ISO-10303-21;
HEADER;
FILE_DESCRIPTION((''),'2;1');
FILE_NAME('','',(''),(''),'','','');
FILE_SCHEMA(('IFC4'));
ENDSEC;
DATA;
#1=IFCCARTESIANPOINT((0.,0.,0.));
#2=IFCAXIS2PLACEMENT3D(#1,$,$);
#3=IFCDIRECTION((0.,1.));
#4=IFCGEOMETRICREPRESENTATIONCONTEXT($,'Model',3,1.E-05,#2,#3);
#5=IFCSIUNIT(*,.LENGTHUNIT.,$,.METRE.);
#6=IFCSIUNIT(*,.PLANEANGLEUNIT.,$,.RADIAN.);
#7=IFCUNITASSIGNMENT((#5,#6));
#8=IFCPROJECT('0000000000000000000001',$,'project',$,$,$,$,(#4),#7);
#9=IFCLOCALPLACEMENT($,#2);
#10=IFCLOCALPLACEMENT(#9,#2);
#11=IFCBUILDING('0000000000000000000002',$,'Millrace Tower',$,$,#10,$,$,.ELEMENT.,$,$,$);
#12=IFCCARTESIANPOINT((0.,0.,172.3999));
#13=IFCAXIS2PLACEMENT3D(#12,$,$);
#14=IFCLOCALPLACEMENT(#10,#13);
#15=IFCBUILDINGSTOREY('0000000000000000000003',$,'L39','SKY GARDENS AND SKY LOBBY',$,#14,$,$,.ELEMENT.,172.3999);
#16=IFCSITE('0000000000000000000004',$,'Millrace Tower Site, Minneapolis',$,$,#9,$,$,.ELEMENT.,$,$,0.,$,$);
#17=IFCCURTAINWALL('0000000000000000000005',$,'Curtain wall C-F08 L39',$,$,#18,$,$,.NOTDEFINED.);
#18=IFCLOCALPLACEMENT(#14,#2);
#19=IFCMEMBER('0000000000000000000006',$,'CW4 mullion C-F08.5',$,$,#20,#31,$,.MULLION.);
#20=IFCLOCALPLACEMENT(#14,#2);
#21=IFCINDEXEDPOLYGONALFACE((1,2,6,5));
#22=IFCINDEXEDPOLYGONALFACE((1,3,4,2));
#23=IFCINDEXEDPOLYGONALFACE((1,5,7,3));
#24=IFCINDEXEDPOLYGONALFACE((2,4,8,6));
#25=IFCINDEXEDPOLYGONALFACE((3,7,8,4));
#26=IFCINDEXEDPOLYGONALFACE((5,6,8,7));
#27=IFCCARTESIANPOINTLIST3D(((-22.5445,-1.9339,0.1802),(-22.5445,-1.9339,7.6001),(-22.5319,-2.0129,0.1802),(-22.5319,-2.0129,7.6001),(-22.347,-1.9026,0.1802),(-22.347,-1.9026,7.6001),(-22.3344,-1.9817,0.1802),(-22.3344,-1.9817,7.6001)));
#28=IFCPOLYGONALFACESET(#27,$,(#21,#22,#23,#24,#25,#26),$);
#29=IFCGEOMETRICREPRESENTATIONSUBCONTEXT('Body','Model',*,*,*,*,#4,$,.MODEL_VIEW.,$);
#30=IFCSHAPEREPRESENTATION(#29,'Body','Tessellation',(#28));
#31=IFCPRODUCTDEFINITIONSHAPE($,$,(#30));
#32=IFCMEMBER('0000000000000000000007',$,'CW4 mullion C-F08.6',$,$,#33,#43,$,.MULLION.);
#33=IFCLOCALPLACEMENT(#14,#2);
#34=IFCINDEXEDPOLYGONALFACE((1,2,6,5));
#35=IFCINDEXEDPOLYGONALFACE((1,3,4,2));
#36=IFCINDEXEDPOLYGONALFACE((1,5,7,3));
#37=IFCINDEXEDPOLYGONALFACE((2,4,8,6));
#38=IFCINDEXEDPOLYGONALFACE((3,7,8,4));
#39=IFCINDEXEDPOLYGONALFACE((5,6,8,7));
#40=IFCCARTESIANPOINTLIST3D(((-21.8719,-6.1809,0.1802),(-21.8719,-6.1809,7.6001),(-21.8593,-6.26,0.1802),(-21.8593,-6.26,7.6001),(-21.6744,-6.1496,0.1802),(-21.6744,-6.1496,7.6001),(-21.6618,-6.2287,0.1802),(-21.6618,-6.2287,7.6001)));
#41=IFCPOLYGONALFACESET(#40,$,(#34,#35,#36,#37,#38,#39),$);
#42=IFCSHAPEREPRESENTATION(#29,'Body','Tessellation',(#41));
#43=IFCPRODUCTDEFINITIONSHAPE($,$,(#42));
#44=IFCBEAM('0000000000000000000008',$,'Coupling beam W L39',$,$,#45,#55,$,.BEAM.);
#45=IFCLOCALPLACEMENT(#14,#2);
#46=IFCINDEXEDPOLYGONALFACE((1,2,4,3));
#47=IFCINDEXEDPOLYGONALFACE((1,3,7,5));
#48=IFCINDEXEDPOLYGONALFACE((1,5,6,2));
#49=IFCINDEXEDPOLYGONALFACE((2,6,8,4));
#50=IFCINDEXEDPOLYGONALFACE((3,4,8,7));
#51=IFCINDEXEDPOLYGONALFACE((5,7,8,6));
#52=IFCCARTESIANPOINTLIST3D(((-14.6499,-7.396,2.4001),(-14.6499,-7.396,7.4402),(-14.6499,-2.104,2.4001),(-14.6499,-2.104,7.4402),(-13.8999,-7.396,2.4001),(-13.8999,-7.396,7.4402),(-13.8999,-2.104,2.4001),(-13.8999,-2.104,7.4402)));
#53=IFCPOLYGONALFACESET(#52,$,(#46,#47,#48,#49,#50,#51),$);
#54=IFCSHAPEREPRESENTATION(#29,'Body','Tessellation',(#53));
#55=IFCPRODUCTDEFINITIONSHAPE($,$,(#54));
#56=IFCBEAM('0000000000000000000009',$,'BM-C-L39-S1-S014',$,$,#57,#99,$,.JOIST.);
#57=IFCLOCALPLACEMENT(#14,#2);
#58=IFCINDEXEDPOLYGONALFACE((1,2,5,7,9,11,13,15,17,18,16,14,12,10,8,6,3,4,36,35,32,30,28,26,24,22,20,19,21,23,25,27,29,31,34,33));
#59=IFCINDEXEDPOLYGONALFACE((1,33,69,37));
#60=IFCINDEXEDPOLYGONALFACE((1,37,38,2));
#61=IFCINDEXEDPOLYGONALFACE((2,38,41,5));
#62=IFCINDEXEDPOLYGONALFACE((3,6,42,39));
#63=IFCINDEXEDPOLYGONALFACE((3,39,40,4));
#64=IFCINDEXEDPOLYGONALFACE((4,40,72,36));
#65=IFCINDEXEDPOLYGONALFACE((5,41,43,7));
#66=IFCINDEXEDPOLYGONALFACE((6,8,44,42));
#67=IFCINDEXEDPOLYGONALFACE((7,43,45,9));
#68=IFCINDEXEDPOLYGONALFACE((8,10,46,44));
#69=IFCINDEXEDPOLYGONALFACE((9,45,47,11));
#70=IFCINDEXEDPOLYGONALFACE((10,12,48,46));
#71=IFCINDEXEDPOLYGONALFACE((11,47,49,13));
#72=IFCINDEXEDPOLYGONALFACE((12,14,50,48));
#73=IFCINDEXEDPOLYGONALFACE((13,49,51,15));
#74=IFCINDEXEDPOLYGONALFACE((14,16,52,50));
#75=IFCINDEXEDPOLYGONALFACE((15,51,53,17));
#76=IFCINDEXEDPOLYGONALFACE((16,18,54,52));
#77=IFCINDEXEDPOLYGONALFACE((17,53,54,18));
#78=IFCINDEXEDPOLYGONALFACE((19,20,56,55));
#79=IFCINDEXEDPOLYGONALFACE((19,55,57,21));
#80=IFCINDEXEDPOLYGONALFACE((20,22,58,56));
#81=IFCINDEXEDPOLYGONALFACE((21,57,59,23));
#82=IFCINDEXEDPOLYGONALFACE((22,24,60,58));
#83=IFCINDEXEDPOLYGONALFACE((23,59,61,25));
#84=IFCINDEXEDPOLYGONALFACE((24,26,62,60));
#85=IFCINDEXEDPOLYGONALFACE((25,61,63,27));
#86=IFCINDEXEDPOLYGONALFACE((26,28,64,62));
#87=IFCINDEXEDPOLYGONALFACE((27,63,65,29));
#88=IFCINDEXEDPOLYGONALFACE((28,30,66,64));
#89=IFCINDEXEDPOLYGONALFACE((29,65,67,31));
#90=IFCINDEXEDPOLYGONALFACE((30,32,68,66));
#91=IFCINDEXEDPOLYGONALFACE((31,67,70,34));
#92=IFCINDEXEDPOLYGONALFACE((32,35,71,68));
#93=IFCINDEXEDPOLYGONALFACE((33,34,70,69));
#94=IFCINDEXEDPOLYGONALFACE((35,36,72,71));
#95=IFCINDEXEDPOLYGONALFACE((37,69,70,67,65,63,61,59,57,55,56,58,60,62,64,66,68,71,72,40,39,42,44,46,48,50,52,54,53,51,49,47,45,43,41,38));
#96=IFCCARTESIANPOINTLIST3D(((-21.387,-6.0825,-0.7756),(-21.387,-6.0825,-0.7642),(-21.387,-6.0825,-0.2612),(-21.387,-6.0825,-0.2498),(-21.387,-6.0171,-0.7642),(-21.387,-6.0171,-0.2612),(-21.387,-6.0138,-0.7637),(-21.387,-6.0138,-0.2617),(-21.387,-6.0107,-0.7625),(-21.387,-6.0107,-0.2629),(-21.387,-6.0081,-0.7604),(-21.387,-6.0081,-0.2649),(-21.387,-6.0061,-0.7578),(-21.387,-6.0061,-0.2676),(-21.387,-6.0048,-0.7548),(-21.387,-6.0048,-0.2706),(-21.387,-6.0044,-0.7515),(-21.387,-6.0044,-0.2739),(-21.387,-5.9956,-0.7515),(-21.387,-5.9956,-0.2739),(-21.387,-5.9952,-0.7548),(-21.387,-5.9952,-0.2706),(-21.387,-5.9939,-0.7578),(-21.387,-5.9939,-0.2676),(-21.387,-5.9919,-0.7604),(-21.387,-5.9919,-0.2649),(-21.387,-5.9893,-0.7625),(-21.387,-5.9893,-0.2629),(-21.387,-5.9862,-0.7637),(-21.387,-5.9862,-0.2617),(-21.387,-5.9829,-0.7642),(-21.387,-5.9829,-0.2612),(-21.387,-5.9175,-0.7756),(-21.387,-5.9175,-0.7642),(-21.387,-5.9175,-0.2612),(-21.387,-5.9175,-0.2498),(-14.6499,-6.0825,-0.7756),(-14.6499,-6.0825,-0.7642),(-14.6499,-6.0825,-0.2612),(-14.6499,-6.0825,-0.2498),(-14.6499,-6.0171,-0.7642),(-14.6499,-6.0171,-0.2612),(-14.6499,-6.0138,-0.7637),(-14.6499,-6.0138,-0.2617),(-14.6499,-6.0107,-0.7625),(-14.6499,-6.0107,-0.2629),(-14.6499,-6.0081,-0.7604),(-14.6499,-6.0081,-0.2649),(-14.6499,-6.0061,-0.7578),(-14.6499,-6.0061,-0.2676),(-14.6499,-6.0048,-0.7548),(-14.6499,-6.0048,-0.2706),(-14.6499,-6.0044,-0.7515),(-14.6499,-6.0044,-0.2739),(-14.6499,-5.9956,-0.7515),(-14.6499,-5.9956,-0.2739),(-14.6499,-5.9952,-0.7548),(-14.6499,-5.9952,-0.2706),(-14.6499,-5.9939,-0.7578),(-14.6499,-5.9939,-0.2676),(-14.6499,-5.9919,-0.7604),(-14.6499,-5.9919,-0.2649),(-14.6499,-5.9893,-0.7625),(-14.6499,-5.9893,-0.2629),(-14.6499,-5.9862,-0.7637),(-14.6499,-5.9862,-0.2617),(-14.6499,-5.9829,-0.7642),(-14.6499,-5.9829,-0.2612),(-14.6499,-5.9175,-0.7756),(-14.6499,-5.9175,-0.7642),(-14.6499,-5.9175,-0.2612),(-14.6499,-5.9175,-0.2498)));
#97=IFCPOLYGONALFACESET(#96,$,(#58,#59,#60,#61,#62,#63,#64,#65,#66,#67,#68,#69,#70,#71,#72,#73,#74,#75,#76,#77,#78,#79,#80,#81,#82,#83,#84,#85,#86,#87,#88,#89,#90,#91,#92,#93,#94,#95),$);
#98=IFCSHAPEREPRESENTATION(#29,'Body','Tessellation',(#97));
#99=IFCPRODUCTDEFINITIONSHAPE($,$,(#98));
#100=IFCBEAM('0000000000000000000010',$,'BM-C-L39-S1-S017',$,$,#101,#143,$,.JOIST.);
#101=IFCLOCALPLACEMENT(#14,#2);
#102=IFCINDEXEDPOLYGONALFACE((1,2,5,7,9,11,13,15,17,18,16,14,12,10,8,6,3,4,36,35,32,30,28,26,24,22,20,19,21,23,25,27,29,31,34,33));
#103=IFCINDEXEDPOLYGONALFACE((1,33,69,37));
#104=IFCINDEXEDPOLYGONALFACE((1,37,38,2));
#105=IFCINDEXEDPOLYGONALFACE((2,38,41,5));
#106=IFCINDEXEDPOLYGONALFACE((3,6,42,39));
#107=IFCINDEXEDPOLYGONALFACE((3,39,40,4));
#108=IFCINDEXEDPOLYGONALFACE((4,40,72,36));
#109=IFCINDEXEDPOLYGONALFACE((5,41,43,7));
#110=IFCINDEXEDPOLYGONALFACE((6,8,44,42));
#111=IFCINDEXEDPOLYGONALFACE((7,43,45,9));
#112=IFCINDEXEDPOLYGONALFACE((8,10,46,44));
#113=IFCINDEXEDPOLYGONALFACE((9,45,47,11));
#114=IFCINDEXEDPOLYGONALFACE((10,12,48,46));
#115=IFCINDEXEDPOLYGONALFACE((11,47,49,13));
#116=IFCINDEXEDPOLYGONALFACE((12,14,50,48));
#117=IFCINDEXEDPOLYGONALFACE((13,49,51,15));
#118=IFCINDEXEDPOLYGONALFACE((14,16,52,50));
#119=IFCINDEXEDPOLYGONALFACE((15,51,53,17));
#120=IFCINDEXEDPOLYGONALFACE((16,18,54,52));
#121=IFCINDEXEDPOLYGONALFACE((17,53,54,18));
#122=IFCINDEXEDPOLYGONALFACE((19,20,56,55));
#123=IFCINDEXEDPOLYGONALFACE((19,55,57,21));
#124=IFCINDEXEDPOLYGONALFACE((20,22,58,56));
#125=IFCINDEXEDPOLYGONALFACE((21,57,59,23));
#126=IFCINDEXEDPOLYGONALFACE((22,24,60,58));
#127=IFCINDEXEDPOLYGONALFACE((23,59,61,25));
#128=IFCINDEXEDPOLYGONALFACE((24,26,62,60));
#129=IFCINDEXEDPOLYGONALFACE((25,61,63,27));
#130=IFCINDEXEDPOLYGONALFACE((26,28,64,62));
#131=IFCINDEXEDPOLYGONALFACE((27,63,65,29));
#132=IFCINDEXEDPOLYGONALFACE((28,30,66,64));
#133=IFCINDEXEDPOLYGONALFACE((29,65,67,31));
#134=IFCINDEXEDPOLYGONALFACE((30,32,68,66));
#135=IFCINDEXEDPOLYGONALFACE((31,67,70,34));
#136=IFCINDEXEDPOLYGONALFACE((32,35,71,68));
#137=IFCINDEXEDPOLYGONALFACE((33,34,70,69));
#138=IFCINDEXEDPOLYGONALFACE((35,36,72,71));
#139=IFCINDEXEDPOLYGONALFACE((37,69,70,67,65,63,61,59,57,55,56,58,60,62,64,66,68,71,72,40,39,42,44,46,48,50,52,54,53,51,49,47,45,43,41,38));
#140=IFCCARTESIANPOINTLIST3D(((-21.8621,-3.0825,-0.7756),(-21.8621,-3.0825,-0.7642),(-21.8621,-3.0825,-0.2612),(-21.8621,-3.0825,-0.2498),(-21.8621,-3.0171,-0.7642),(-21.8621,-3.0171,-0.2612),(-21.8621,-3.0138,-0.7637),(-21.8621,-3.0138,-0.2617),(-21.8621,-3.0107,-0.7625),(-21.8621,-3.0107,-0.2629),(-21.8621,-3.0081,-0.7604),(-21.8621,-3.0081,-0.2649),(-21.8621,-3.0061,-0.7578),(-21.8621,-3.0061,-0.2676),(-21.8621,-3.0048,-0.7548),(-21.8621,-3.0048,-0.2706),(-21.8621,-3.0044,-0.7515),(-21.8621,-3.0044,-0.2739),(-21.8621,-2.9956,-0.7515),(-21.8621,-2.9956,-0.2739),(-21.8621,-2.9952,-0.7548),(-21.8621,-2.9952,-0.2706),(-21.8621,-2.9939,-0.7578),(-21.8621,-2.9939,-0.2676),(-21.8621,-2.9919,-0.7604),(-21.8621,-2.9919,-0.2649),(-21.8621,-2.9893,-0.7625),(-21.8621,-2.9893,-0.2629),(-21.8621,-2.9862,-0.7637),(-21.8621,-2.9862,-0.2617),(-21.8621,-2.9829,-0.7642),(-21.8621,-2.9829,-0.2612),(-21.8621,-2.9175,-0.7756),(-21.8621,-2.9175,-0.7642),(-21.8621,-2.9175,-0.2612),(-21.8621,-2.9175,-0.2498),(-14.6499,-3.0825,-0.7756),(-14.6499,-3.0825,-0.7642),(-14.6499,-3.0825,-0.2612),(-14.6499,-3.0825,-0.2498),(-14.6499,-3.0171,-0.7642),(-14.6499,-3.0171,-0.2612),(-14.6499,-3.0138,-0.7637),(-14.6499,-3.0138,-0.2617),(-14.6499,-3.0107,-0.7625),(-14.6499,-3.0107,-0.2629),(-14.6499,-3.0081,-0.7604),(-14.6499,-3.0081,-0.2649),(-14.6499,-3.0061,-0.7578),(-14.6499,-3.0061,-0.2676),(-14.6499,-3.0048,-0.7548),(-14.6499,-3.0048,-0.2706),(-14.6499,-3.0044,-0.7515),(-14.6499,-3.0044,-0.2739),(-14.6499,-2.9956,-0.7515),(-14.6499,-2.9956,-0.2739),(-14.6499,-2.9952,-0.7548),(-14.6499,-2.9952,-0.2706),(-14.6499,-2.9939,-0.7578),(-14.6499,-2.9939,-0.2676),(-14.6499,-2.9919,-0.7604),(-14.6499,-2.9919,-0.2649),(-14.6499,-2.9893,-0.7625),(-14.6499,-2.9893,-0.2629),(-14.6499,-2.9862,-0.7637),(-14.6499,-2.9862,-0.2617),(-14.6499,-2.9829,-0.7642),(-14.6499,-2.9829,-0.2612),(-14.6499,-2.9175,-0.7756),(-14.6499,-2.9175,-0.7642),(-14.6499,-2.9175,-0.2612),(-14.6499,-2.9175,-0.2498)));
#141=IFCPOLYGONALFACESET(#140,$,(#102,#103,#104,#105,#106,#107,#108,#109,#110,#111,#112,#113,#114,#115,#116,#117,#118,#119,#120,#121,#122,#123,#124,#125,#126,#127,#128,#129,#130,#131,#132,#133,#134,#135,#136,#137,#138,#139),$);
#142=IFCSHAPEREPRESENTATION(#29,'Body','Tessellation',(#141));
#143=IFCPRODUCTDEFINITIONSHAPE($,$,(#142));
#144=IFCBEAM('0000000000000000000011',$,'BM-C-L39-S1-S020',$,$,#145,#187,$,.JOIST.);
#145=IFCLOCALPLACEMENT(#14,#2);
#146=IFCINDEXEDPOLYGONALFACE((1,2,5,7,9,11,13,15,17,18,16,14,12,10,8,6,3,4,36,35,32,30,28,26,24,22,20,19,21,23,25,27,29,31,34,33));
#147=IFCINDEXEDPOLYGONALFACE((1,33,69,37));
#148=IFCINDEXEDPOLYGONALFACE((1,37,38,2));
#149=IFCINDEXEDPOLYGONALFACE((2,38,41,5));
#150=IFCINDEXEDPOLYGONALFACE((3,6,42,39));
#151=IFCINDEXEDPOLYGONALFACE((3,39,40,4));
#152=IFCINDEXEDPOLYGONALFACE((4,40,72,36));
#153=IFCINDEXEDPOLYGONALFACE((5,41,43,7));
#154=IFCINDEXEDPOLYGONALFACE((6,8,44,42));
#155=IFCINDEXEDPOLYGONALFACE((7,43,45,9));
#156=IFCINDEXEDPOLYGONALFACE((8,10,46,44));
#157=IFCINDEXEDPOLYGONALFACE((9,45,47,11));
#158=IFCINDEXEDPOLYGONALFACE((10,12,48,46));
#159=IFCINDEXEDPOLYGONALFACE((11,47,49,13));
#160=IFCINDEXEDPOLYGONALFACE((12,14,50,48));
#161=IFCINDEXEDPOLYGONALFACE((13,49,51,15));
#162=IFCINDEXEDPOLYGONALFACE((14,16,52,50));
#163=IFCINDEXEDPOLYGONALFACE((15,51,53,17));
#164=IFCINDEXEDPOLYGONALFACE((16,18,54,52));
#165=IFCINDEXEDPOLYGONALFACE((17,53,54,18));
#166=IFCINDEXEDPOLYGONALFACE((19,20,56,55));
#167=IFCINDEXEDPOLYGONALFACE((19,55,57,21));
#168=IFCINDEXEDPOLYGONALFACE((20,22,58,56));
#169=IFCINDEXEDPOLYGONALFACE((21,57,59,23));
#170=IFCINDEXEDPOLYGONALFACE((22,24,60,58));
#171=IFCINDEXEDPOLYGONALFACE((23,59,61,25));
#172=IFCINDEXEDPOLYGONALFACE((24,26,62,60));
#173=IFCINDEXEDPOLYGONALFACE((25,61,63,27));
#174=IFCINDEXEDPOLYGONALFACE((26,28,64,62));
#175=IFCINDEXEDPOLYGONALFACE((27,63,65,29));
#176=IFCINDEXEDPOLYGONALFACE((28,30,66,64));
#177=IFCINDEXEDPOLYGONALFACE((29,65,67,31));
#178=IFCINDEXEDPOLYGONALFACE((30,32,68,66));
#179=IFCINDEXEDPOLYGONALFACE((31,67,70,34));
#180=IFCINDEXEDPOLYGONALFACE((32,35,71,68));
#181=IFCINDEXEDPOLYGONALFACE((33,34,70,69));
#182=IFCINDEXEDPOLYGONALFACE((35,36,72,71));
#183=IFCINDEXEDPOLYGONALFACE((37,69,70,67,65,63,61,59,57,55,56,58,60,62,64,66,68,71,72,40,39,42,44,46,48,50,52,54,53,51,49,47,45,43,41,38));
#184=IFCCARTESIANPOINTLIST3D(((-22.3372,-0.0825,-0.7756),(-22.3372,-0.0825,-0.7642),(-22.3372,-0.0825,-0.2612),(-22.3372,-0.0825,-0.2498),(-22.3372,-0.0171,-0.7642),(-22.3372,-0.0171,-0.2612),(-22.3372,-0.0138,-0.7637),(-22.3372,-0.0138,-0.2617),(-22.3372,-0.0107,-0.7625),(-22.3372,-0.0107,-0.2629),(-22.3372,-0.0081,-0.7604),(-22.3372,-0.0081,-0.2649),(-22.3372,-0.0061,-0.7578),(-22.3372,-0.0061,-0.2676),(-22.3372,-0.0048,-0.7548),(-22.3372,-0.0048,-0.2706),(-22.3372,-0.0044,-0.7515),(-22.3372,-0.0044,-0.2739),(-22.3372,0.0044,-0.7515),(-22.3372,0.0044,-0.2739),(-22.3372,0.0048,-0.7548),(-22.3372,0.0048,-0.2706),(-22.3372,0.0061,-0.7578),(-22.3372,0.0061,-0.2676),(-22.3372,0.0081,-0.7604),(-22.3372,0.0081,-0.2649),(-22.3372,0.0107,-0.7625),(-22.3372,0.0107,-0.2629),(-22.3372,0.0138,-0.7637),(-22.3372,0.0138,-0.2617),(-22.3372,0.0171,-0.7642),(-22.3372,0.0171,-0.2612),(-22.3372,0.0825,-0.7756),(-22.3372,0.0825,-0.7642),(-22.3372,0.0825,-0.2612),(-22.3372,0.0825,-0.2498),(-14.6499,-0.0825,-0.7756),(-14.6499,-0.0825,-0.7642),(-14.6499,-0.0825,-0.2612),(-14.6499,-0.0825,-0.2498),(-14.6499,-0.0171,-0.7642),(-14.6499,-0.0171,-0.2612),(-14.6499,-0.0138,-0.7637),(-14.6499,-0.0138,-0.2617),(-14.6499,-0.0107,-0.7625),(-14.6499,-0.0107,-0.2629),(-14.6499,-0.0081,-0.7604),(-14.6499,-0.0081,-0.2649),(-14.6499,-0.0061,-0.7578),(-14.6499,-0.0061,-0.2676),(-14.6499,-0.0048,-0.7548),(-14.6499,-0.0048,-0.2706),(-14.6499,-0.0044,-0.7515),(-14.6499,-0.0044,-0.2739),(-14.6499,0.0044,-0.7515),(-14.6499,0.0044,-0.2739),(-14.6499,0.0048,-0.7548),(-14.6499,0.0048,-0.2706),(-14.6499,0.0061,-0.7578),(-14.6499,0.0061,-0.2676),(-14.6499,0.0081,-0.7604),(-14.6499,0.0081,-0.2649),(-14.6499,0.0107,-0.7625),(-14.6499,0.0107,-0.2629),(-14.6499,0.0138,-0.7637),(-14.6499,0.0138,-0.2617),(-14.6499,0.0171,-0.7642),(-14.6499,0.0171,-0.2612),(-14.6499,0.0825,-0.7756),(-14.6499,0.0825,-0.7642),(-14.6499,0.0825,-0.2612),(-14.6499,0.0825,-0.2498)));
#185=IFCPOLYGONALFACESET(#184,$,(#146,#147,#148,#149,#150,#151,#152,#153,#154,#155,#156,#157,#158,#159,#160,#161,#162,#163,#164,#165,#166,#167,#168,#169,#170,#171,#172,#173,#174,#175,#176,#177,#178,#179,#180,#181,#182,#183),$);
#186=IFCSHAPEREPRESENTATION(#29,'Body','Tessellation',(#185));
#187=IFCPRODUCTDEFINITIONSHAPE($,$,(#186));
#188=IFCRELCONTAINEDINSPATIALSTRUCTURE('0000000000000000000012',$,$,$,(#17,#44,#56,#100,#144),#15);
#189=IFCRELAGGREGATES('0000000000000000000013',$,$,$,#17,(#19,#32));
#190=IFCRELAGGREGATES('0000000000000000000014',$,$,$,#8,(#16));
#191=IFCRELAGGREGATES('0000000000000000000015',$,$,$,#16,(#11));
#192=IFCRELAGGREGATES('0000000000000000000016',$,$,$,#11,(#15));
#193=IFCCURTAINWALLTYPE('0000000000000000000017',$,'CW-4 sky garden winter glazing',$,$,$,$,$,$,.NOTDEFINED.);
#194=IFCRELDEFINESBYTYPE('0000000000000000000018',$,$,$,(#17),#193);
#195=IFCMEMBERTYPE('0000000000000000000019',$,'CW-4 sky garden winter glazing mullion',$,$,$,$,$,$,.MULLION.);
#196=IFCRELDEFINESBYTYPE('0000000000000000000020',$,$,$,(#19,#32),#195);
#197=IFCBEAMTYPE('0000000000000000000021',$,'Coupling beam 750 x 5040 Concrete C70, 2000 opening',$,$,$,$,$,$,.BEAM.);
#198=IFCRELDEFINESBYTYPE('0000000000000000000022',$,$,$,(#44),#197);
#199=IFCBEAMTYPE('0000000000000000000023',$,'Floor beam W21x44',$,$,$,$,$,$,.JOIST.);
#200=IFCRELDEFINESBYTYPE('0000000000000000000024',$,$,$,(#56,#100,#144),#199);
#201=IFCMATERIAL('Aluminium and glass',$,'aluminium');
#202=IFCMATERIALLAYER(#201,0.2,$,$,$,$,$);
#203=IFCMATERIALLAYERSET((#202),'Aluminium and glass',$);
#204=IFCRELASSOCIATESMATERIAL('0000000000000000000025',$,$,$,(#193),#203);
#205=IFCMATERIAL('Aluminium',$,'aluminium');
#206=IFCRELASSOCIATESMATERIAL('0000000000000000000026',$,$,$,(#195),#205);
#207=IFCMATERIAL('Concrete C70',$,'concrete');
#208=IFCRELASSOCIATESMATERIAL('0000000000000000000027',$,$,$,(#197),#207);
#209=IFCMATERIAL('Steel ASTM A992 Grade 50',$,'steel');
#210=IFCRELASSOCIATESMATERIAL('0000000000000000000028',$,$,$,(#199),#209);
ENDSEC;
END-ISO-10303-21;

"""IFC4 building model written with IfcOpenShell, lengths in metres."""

from ifc_helpers import new_model, si_unit, direction, frame, origin, origin_2d, place, context, subcontext, project, spatial, rectangle, i_section, extrude, material, layer, layer_set, material_profile, profile_set, type_object, element, aggregate, save


model = new_model("IFC4")

# Units and contexts
model_context = context("Model", 3, precision=1e-05, world=origin(), true_north=direction((0.0, 1.0)))
body_context = subcontext(model_context, "Body", "Model", "MODEL_VIEW")
ifc_project = project(units=[si_unit("LENGTHUNIT", "METRE"), si_unit("PLANEANGLEUNIT", "RADIAN")], contexts=[model_context])

# Site, building, storey
site_placement = place(None, origin())
site = spatial("IfcSite", under=ifc_project, at=site_placement, Name="Millrace Tower Site, Minneapolis", CompositionType="ELEMENT", RefElevation=0.0)
building_placement = place(site_placement, origin())
building = spatial("IfcBuilding", under=site, at=building_placement, Name="Millrace Tower", CompositionType="ELEMENT")
storey_placement = place(building_placement, frame((0.0, 0.0, 172.3999)))
storey = spatial("IfcBuildingStorey", under=building, at=storey_placement, Name="L39", Description="SKY GARDENS AND SKY LOBBY", CompositionType="ELEMENT", Elevation=172.3999)

# Curtain wall, members
ifc_material_1 = material(Name="Aluminium and glass", Category="aluminium")
ifc_layer_1 = layer(ifc_material_1, 0.2)
ifc_layer_set_1 = layer_set([ifc_layer_1], Name="Aluminium and glass")
curtain_wall_type = type_object("IfcCurtainWallType", Name="CW-4 sky garden winter glazing", PredefinedType="NOTDEFINED", material=ifc_layer_set_1)
curtain_wall_placement = place(storey_placement, origin())
curtain_wall = element("IfcCurtainWall", 1, at=curtain_wall_placement, inside=storey, type_object=curtain_wall_type, Name="Curtain wall C-F08 L39", PredefinedType="NOTDEFINED")
ifc_material_2 = material(Name="Aluminium", Category="aluminium")
ifc_material_profile_1 = material_profile(ifc_material_2, rectangle(XDim=0.0801, YDim=0.2, at=origin_2d()))
ifc_profile_set_1 = profile_set([ifc_material_profile_1], Name="Aluminium")
member_type = type_object("IfcMemberType", Name="CW-4 sky garden winter glazing mullion", PredefinedType="MULLION", material=ifc_profile_set_1)
member_1_placement = place(storey_placement, frame((-22.4395, -1.9578, 0.1802), z_axis=(0.0, 0.0, 1.0), x_axis=(0.156434, -0.987688, 0.0)))
member_1 = element("IfcMember", 2, at=member_1_placement, type_object=member_type, Name="CW4 mullion C-F08.5", PredefinedType="MULLION", context=body_context, shape_type="SweptSolid", body=[
    extrude(rectangle(XDim=0.0801, YDim=0.2, at=origin_2d()), origin(), (0.0, 0.0, 1.0), 7.4199),
])
member_2_placement = place(storey_placement, frame((-21.7668, -6.2048, 0.1802), z_axis=(0.0, 0.0, 1.0), x_axis=(0.156434, -0.987688, 0.0)))
member_2 = element("IfcMember", 3, at=member_2_placement, type_object=member_type, Name="CW4 mullion C-F08.6", PredefinedType="MULLION", context=body_context, shape_type="SweptSolid", body=[
    extrude(rectangle(XDim=0.0801, YDim=0.2, at=origin_2d()), origin(), (0.0, 0.0, 1.0), 7.4199),
])
aggregate(curtain_wall, [member_1, member_2])

# Beams
ifc_material_3 = material(Name="Concrete C70", Category="concrete")
ifc_material_profile_2 = material_profile(ifc_material_3, rectangle(XDim=0.75, YDim=5.04, at=origin_2d()))
ifc_profile_set_2 = profile_set([ifc_material_profile_2], Name="Concrete C70")
beam_type_1 = type_object("IfcBeamType", Name="Coupling beam 750 x 5040 Concrete C70, 2000 opening", PredefinedType="BEAM", material=ifc_profile_set_2)
beam_1_placement = place(storey_placement, frame((-14.2749, -7.396, 4.9202), z_axis=(0.0, 1.0, 0.0), x_axis=(-1.0, 0.0, 0.0)))
element("IfcBeam", 4, at=beam_1_placement, inside=storey, type_object=beam_type_1, Name="Coupling beam W L39", PredefinedType="BEAM", context=body_context, shape_type="SweptSolid", body=[
    extrude(rectangle(XDim=0.75, YDim=5.04, at=origin_2d()), origin(), (0.0, 0.0, 1.0), 5.292),
])
ifc_material_4 = material(Name="Steel ASTM A992 Grade 50", Category="steel")
ifc_material_profile_3 = material_profile(ifc_material_4, i_section(OverallWidth=0.165, OverallDepth=0.5259, WebThickness=0.0088, FlangeThickness=0.0115, FilletRadius=0.0127, at=origin_2d()))
ifc_profile_set_3 = profile_set([ifc_material_profile_3], Name="Steel ASTM A992 Grade 50")
beam_type_2 = type_object("IfcBeamType", Name="Floor beam W21x44", PredefinedType="JOIST", material=ifc_profile_set_3)
beam_2_placement = place(storey_placement, frame((-21.387, -6.0, -0.5127), z_axis=(1.0, 0.0, 0.0), x_axis=(0.0, 1.0, 0.0)))
element("IfcBeam", 5, at=beam_2_placement, inside=storey, type_object=beam_type_2, Name="BM-C-L39-S1-S014", PredefinedType="JOIST", context=body_context, shape_type="SweptSolid", body=[
    extrude(i_section(OverallWidth=0.165, OverallDepth=0.5259, WebThickness=0.0088, FlangeThickness=0.0115, FilletRadius=0.0127, at=origin_2d()), origin(), (0.0, 0.0, 1.0), 6.7371),
])
beam_3_placement = place(storey_placement, frame((-21.8621, -3.0, -0.5127), z_axis=(1.0, 0.0, 0.0), x_axis=(0.0, 1.0, 0.0)))
element("IfcBeam", 6, at=beam_3_placement, inside=storey, type_object=beam_type_2, Name="BM-C-L39-S1-S017", PredefinedType="JOIST", context=body_context, shape_type="SweptSolid", body=[
    extrude(i_section(OverallWidth=0.165, OverallDepth=0.5259, WebThickness=0.0088, FlangeThickness=0.0115, FilletRadius=0.0127, at=origin_2d()), origin(), (0.0, 0.0, 1.0), 7.2122),
])
beam_4_placement = place(storey_placement, frame((-22.3372, 0.0, -0.5127), z_axis=(1.0, 0.0, 0.0), x_axis=(0.0, 1.0, 0.0)))
element("IfcBeam", 7, at=beam_4_placement, inside=storey, type_object=beam_type_2, Name="BM-C-L39-S1-S020", PredefinedType="JOIST", context=body_context, shape_type="SweptSolid", body=[
    extrude(i_section(OverallWidth=0.165, OverallDepth=0.5259, WebThickness=0.0088, FlangeThickness=0.0115, FilletRadius=0.0127, at=origin_2d()), origin(), (0.0, 0.0, 1.0), 7.6873),
])

save(model, "model.ifc")
